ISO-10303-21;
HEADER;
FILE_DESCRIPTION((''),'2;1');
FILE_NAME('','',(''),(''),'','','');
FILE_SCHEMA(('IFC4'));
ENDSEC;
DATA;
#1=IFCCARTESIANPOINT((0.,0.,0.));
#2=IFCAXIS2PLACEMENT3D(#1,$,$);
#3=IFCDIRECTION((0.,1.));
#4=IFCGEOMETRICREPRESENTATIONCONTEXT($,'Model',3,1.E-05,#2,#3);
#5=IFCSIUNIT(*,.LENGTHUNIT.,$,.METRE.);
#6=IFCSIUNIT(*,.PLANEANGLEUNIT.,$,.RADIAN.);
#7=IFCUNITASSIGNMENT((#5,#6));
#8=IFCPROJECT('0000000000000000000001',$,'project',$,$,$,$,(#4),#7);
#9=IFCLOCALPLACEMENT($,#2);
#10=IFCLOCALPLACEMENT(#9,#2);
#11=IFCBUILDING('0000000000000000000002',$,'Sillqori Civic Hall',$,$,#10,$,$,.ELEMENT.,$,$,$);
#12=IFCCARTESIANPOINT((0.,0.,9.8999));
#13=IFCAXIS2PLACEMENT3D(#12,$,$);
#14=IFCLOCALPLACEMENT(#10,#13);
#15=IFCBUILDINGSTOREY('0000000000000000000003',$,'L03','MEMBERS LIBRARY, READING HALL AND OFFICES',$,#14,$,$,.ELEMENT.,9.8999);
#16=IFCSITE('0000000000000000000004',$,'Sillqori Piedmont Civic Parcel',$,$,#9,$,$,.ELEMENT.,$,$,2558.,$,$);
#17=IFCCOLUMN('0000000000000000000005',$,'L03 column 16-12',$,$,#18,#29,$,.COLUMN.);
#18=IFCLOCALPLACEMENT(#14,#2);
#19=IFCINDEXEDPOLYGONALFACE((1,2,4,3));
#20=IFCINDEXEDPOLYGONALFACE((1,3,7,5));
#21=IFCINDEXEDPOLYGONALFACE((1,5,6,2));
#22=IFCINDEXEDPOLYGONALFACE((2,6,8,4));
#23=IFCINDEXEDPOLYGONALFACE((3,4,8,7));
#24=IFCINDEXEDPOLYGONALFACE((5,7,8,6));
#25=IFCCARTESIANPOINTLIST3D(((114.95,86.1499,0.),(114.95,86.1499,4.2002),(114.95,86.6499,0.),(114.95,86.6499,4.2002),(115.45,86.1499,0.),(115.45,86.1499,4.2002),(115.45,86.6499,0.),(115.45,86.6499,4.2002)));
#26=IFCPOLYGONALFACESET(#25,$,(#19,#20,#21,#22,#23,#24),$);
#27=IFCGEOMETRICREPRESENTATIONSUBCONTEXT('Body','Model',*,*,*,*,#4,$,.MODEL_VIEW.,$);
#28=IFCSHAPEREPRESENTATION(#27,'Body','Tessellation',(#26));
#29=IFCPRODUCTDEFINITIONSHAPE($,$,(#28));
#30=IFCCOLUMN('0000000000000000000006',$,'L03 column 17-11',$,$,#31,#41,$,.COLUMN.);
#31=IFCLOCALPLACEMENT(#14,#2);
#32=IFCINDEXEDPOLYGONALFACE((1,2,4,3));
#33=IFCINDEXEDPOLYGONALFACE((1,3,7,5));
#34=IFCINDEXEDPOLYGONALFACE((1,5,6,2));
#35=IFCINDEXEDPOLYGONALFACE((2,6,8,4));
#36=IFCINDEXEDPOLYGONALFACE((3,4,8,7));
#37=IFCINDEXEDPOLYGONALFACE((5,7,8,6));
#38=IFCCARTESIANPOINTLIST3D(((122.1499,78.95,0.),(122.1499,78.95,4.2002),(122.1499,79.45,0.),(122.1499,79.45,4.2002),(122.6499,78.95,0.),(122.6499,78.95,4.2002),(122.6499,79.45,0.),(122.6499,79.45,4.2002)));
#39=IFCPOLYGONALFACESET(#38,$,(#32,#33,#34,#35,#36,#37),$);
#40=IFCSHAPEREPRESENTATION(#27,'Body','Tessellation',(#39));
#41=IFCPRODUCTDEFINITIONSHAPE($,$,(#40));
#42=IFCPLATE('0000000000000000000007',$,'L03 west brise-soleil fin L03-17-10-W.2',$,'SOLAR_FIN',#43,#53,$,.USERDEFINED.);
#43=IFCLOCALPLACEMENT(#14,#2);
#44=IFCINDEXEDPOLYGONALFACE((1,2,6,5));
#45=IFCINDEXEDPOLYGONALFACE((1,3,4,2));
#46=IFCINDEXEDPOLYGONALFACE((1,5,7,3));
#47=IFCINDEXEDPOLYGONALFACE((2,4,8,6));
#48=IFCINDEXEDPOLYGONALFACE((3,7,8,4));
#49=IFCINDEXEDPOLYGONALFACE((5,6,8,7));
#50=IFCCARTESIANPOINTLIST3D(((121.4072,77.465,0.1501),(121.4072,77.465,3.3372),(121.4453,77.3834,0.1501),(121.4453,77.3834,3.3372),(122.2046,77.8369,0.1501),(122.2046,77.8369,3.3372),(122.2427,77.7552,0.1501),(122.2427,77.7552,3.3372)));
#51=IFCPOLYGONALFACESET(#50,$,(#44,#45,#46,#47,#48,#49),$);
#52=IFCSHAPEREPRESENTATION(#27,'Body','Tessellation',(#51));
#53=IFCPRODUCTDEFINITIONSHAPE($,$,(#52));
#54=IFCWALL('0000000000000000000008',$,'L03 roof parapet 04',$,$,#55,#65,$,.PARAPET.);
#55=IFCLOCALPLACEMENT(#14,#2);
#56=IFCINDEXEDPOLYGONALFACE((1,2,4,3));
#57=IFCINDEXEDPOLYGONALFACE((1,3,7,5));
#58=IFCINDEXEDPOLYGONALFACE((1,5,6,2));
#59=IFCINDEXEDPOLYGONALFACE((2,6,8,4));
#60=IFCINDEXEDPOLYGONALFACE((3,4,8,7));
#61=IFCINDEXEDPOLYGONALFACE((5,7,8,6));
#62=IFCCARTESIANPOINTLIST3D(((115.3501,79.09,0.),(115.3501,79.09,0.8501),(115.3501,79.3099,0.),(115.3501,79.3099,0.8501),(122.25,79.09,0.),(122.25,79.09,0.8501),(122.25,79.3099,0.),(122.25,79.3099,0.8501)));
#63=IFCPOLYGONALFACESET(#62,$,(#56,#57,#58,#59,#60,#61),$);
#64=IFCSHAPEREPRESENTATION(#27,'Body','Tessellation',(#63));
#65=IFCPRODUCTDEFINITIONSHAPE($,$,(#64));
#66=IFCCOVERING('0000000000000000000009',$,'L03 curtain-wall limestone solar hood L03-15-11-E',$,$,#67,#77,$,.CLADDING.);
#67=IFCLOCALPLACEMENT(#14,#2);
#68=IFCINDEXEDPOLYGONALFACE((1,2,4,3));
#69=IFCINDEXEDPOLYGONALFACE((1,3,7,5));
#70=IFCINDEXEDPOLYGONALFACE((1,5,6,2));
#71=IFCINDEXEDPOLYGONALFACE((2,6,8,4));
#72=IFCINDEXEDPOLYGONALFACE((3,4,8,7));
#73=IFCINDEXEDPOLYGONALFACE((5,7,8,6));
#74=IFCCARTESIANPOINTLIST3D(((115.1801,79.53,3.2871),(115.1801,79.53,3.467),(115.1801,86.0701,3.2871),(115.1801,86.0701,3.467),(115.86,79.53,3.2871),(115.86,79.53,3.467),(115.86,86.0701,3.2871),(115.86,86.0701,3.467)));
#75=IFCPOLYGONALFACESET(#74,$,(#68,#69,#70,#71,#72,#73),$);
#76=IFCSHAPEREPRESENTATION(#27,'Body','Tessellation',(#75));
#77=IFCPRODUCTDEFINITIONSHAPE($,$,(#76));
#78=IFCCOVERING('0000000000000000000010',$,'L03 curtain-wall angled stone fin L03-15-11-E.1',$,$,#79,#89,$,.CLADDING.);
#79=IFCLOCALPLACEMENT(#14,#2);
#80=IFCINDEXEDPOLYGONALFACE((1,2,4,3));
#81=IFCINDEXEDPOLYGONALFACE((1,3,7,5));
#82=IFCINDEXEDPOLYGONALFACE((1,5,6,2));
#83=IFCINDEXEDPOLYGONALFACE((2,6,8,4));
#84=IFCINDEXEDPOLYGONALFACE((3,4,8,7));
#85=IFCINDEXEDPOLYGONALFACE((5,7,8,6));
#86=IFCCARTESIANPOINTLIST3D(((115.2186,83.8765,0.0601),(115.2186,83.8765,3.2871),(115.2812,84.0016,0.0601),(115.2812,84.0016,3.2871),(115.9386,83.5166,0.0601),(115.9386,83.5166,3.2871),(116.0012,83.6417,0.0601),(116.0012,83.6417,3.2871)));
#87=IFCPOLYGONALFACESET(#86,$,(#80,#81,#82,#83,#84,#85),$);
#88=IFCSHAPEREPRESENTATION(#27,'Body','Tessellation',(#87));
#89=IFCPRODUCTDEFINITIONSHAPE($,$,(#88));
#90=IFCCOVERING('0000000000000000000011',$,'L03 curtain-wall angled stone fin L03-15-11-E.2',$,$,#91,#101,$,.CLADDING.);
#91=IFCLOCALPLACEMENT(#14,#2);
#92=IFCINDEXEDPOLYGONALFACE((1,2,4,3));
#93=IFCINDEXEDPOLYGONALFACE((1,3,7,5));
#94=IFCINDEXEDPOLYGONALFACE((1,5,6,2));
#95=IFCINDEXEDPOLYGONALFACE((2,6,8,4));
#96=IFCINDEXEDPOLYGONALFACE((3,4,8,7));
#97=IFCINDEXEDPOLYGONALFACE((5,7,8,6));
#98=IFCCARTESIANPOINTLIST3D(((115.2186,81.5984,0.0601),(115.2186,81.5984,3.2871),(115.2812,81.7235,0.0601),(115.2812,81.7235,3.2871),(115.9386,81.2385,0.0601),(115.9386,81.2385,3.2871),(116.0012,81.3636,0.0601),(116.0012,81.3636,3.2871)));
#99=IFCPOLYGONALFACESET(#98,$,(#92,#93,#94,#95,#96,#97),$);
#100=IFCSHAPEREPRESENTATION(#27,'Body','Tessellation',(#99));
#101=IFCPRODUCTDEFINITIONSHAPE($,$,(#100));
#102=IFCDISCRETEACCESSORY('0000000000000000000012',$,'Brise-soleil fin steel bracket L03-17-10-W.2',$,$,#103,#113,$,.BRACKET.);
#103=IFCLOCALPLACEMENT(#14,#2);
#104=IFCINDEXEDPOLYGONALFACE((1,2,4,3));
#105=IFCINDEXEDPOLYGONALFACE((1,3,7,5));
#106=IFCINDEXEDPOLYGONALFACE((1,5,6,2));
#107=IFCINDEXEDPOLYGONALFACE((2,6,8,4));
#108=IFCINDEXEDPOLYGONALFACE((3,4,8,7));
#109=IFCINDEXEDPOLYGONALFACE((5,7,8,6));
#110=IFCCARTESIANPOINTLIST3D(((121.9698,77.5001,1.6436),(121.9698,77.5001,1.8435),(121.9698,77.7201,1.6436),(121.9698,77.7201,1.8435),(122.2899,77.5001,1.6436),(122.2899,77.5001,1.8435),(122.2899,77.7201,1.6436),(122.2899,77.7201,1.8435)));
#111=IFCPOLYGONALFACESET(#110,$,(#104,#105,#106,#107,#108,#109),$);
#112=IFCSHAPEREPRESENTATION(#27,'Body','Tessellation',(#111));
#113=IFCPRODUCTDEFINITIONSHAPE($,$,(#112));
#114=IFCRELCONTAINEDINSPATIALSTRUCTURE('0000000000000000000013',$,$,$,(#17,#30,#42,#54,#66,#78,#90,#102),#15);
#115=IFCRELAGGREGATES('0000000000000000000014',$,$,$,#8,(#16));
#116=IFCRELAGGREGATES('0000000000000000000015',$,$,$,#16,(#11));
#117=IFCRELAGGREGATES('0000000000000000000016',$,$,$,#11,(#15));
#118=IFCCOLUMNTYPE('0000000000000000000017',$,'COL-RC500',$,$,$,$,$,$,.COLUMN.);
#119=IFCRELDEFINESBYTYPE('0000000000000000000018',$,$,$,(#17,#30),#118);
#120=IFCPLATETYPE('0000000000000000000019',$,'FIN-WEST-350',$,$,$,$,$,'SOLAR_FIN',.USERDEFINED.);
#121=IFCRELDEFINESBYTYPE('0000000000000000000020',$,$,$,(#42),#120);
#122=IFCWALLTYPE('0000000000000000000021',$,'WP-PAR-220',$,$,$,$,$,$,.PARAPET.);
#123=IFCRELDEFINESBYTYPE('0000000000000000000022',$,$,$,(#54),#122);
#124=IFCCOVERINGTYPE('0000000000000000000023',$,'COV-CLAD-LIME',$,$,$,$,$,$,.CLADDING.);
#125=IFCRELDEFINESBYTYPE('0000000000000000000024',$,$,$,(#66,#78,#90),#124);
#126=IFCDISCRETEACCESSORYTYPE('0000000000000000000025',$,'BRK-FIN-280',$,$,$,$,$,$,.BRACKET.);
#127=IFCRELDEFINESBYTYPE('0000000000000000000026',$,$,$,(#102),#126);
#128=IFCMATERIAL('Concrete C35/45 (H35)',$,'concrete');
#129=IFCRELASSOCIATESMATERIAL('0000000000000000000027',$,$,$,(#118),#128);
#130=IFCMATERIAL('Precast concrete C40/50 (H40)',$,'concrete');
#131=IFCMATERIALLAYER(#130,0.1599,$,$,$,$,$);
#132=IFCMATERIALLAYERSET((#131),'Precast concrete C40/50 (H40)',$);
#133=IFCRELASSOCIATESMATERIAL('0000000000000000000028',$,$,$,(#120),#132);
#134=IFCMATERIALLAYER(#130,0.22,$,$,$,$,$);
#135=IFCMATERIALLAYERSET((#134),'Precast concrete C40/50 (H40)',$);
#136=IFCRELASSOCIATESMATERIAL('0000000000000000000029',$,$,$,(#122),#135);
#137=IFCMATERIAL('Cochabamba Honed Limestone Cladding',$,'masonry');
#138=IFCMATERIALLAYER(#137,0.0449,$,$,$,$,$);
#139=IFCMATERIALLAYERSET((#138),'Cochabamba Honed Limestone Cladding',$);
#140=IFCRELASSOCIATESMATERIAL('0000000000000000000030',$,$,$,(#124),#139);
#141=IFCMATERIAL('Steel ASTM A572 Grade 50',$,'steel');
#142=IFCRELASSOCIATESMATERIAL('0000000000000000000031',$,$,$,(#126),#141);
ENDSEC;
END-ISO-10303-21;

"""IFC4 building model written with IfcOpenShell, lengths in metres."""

from ifc_helpers import new_model, si_unit, direction, frame, frame_2d, origin, origin_2d, place, context, subcontext, project, spatial, rectangle, extrude, material, layer, layer_set, material_profile, profile_set, type_object, element, save


model = new_model("IFC4")

# Units and contexts
model_context = context("Model", 3, precision=1e-05, world=origin(), true_north=direction((0.0, 1.0)))
body_context = subcontext(model_context, "Body", "Model", "MODEL_VIEW")
ifc_project = project(units=[si_unit("LENGTHUNIT", "METRE"), si_unit("PLANEANGLEUNIT", "RADIAN")], contexts=[model_context])

# Site, building, storey
site_placement = place(None, origin())
site = spatial("IfcSite", under=ifc_project, at=site_placement, Name="Sillqori Piedmont Civic Parcel", CompositionType="ELEMENT", RefElevation=2558.0)
building_placement = place(site_placement, origin())
building = spatial("IfcBuilding", under=site, at=building_placement, Name="Sillqori Civic Hall", CompositionType="ELEMENT")
storey_placement = place(building_placement, frame((0.0, 0.0, 9.8999)))
storey = spatial("IfcBuildingStorey", under=building, at=storey_placement, Name="L03", Description="MEMBERS LIBRARY, READING HALL AND OFFICES", CompositionType="ELEMENT", Elevation=9.8999)

# Columns
ifc_material_1 = material(Name="Concrete C35/45 (H35)", Category="concrete")
ifc_material_profile_1 = material_profile(ifc_material_1, rectangle(XDim=0.5, YDim=0.5, at=origin_2d()), Name="RC 500x500")
ifc_profile_set_1 = profile_set([ifc_material_profile_1], Name="Concrete C35/45 (H35)")
column_type = type_object("IfcColumnType", Name="COL-RC500", PredefinedType="COLUMN", material=ifc_profile_set_1)
for number, where, z_axis, x_axis, name in (
    (1, (115.2, 86.3999, 0.0), (0.0, 0.0, 1.0), (1.0, 0.0, 0.0), "L03 column 16-12"),
    (2, (122.3999, 79.2, 0.0), (0.0, 0.0, 1.0), (1.0, 0.0, 0.0), "L03 column 17-11"),
):
    element("IfcColumn", number, at=place(storey_placement, frame(where, z_axis=z_axis, x_axis=x_axis)), inside=storey, type_object=column_type, Name=name, PredefinedType="COLUMN", context=body_context, shape_type="SweptSolid", body=[
        extrude(rectangle(XDim=0.5, YDim=0.5, at=origin_2d()), origin(), (0.0, 0.0, 1.0), 4.2002),
    ])

# Plate
ifc_material_2 = material(Name="Precast concrete C40/50 (H40)", Category="concrete")
ifc_layer_1 = layer(ifc_material_2, 0.1599)
ifc_layer_set_1 = layer_set([ifc_layer_1], Name="Precast concrete C40/50 (H40)")
plate_type_1 = type_object("IfcPlateType", Name="FIN-WEST-350", ElementType="SOLAR_FIN", PredefinedType="USERDEFINED", material=ifc_layer_set_1)
plate_1_placement = place(storey_placement, frame((121.825, 77.6101, 0.1501), z_axis=(0.0, 0.0, 1.0), x_axis=(-0.422618, 0.906308, 0.0)))
element("IfcPlate", 3, at=plate_1_placement, inside=storey, type_object=plate_type_1, Name="L03 west brise-soleil fin L03-17-10-W.2", ObjectType="SOLAR_FIN", PredefinedType="USERDEFINED", context=body_context, shape_type="SweptSolid", body=[
    extrude(rectangle(XDim=0.0901, YDim=0.8799, at=origin_2d()), origin(), (0.0, 0.0, 1.0), 3.187),
])

# Wall
ifc_layer_2 = layer(ifc_material_2, 0.22)
ifc_layer_set_2 = layer_set([ifc_layer_2], Name="Precast concrete C40/50 (H40)")
wall_type = type_object("IfcWallType", Name="WP-PAR-220", PredefinedType="PARAPET", material=ifc_layer_set_2)
wall_placement = place(storey_placement, frame((122.25, 79.2, 0.0), z_axis=(0.0, 0.0, 1.0), x_axis=(-1.0, 0.0, 0.0)))
element("IfcWall", 4, at=wall_placement, inside=storey, type_object=wall_type, Name="L03 roof parapet 04", PredefinedType="PARAPET", context=body_context, shape_type="SweptSolid", body=[
    extrude(rectangle(XDim=6.8999, YDim=0.22, at=frame_2d((3.45, 0.0))), origin(), (0.0, 0.0, 1.0), 0.8501),
])

# Coverings
ifc_material_3 = material(Name="Cochabamba Honed Limestone Cladding", Category="masonry")
ifc_layer_3 = layer(ifc_material_3, 0.0449)
ifc_layer_set_3 = layer_set([ifc_layer_3], Name="Cochabamba Honed Limestone Cladding")
covering_type = type_object("IfcCoveringType", Name="COV-CLAD-LIME", PredefinedType="CLADDING", material=ifc_layer_set_3)
covering_placement = place(storey_placement, frame((115.52, 86.0701, 3.2871), z_axis=(0.0, 0.0, 1.0), x_axis=(0.0, -1.0, 0.0)))
element("IfcCovering", 5, at=covering_placement, inside=storey, type_object=covering_type, Name="L03 curtain-wall limestone solar hood L03-15-11-E", PredefinedType="CLADDING", context=body_context, shape_type="SweptSolid", body=[
    extrude(rectangle(XDim=6.54, YDim=0.6799, at=frame_2d((3.27, 0.0))), origin(), (0.0, 0.0, 1.0), 0.1799),
])
for number, where, z_axis, x_axis, name in (
    (6, (115.25, 83.939, 0.0601), (0.0, 0.0, 1.0), (0.894488, -0.447092, 0.0), "L03 curtain-wall angled stone fin L03-15-11-E.1"),
    (7, (115.25, 81.6609, 0.0601), (0.0, 0.0, 1.0), (0.894488, -0.447092, 0.0), "L03 curtain-wall angled stone fin L03-15-11-E.2"),
):
    element("IfcCovering", number, at=place(storey_placement, frame(where, z_axis=z_axis, x_axis=x_axis)), inside=storey, type_object=covering_type, Name=name, PredefinedType="CLADDING", context=body_context, shape_type="SweptSolid", body=[
        extrude(rectangle(XDim=0.8049, YDim=0.1399, at=frame_2d((0.4023, 0.0))), origin(), (0.0, 0.0, 1.0), 3.2271),
    ])

# Discrete accessory
ifc_material_4 = material(Name="Steel ASTM A572 Grade 50", Category="steel")
discrete_accessory_type = type_object("IfcDiscreteAccessoryType", Name="BRK-FIN-280", PredefinedType="BRACKET", material=ifc_material_4)
discrete_accessory_placement = place(storey_placement, frame((122.1299, 77.6101, 1.6436), z_axis=(0.0, 0.0, 1.0), x_axis=(0.0, 1.0, 0.0)))
element("IfcDiscreteAccessory", 8, at=discrete_accessory_placement, inside=storey, type_object=discrete_accessory_type, Name="Brise-soleil fin steel bracket L03-17-10-W.2", PredefinedType="BRACKET", context=body_context, shape_type="SweptSolid", body=[
    extrude(rectangle(XDim=0.22, YDim=0.3201, at=origin_2d()), origin(), (0.0, 0.0, 1.0), 0.2),
])

save(model, "model.ifc")
